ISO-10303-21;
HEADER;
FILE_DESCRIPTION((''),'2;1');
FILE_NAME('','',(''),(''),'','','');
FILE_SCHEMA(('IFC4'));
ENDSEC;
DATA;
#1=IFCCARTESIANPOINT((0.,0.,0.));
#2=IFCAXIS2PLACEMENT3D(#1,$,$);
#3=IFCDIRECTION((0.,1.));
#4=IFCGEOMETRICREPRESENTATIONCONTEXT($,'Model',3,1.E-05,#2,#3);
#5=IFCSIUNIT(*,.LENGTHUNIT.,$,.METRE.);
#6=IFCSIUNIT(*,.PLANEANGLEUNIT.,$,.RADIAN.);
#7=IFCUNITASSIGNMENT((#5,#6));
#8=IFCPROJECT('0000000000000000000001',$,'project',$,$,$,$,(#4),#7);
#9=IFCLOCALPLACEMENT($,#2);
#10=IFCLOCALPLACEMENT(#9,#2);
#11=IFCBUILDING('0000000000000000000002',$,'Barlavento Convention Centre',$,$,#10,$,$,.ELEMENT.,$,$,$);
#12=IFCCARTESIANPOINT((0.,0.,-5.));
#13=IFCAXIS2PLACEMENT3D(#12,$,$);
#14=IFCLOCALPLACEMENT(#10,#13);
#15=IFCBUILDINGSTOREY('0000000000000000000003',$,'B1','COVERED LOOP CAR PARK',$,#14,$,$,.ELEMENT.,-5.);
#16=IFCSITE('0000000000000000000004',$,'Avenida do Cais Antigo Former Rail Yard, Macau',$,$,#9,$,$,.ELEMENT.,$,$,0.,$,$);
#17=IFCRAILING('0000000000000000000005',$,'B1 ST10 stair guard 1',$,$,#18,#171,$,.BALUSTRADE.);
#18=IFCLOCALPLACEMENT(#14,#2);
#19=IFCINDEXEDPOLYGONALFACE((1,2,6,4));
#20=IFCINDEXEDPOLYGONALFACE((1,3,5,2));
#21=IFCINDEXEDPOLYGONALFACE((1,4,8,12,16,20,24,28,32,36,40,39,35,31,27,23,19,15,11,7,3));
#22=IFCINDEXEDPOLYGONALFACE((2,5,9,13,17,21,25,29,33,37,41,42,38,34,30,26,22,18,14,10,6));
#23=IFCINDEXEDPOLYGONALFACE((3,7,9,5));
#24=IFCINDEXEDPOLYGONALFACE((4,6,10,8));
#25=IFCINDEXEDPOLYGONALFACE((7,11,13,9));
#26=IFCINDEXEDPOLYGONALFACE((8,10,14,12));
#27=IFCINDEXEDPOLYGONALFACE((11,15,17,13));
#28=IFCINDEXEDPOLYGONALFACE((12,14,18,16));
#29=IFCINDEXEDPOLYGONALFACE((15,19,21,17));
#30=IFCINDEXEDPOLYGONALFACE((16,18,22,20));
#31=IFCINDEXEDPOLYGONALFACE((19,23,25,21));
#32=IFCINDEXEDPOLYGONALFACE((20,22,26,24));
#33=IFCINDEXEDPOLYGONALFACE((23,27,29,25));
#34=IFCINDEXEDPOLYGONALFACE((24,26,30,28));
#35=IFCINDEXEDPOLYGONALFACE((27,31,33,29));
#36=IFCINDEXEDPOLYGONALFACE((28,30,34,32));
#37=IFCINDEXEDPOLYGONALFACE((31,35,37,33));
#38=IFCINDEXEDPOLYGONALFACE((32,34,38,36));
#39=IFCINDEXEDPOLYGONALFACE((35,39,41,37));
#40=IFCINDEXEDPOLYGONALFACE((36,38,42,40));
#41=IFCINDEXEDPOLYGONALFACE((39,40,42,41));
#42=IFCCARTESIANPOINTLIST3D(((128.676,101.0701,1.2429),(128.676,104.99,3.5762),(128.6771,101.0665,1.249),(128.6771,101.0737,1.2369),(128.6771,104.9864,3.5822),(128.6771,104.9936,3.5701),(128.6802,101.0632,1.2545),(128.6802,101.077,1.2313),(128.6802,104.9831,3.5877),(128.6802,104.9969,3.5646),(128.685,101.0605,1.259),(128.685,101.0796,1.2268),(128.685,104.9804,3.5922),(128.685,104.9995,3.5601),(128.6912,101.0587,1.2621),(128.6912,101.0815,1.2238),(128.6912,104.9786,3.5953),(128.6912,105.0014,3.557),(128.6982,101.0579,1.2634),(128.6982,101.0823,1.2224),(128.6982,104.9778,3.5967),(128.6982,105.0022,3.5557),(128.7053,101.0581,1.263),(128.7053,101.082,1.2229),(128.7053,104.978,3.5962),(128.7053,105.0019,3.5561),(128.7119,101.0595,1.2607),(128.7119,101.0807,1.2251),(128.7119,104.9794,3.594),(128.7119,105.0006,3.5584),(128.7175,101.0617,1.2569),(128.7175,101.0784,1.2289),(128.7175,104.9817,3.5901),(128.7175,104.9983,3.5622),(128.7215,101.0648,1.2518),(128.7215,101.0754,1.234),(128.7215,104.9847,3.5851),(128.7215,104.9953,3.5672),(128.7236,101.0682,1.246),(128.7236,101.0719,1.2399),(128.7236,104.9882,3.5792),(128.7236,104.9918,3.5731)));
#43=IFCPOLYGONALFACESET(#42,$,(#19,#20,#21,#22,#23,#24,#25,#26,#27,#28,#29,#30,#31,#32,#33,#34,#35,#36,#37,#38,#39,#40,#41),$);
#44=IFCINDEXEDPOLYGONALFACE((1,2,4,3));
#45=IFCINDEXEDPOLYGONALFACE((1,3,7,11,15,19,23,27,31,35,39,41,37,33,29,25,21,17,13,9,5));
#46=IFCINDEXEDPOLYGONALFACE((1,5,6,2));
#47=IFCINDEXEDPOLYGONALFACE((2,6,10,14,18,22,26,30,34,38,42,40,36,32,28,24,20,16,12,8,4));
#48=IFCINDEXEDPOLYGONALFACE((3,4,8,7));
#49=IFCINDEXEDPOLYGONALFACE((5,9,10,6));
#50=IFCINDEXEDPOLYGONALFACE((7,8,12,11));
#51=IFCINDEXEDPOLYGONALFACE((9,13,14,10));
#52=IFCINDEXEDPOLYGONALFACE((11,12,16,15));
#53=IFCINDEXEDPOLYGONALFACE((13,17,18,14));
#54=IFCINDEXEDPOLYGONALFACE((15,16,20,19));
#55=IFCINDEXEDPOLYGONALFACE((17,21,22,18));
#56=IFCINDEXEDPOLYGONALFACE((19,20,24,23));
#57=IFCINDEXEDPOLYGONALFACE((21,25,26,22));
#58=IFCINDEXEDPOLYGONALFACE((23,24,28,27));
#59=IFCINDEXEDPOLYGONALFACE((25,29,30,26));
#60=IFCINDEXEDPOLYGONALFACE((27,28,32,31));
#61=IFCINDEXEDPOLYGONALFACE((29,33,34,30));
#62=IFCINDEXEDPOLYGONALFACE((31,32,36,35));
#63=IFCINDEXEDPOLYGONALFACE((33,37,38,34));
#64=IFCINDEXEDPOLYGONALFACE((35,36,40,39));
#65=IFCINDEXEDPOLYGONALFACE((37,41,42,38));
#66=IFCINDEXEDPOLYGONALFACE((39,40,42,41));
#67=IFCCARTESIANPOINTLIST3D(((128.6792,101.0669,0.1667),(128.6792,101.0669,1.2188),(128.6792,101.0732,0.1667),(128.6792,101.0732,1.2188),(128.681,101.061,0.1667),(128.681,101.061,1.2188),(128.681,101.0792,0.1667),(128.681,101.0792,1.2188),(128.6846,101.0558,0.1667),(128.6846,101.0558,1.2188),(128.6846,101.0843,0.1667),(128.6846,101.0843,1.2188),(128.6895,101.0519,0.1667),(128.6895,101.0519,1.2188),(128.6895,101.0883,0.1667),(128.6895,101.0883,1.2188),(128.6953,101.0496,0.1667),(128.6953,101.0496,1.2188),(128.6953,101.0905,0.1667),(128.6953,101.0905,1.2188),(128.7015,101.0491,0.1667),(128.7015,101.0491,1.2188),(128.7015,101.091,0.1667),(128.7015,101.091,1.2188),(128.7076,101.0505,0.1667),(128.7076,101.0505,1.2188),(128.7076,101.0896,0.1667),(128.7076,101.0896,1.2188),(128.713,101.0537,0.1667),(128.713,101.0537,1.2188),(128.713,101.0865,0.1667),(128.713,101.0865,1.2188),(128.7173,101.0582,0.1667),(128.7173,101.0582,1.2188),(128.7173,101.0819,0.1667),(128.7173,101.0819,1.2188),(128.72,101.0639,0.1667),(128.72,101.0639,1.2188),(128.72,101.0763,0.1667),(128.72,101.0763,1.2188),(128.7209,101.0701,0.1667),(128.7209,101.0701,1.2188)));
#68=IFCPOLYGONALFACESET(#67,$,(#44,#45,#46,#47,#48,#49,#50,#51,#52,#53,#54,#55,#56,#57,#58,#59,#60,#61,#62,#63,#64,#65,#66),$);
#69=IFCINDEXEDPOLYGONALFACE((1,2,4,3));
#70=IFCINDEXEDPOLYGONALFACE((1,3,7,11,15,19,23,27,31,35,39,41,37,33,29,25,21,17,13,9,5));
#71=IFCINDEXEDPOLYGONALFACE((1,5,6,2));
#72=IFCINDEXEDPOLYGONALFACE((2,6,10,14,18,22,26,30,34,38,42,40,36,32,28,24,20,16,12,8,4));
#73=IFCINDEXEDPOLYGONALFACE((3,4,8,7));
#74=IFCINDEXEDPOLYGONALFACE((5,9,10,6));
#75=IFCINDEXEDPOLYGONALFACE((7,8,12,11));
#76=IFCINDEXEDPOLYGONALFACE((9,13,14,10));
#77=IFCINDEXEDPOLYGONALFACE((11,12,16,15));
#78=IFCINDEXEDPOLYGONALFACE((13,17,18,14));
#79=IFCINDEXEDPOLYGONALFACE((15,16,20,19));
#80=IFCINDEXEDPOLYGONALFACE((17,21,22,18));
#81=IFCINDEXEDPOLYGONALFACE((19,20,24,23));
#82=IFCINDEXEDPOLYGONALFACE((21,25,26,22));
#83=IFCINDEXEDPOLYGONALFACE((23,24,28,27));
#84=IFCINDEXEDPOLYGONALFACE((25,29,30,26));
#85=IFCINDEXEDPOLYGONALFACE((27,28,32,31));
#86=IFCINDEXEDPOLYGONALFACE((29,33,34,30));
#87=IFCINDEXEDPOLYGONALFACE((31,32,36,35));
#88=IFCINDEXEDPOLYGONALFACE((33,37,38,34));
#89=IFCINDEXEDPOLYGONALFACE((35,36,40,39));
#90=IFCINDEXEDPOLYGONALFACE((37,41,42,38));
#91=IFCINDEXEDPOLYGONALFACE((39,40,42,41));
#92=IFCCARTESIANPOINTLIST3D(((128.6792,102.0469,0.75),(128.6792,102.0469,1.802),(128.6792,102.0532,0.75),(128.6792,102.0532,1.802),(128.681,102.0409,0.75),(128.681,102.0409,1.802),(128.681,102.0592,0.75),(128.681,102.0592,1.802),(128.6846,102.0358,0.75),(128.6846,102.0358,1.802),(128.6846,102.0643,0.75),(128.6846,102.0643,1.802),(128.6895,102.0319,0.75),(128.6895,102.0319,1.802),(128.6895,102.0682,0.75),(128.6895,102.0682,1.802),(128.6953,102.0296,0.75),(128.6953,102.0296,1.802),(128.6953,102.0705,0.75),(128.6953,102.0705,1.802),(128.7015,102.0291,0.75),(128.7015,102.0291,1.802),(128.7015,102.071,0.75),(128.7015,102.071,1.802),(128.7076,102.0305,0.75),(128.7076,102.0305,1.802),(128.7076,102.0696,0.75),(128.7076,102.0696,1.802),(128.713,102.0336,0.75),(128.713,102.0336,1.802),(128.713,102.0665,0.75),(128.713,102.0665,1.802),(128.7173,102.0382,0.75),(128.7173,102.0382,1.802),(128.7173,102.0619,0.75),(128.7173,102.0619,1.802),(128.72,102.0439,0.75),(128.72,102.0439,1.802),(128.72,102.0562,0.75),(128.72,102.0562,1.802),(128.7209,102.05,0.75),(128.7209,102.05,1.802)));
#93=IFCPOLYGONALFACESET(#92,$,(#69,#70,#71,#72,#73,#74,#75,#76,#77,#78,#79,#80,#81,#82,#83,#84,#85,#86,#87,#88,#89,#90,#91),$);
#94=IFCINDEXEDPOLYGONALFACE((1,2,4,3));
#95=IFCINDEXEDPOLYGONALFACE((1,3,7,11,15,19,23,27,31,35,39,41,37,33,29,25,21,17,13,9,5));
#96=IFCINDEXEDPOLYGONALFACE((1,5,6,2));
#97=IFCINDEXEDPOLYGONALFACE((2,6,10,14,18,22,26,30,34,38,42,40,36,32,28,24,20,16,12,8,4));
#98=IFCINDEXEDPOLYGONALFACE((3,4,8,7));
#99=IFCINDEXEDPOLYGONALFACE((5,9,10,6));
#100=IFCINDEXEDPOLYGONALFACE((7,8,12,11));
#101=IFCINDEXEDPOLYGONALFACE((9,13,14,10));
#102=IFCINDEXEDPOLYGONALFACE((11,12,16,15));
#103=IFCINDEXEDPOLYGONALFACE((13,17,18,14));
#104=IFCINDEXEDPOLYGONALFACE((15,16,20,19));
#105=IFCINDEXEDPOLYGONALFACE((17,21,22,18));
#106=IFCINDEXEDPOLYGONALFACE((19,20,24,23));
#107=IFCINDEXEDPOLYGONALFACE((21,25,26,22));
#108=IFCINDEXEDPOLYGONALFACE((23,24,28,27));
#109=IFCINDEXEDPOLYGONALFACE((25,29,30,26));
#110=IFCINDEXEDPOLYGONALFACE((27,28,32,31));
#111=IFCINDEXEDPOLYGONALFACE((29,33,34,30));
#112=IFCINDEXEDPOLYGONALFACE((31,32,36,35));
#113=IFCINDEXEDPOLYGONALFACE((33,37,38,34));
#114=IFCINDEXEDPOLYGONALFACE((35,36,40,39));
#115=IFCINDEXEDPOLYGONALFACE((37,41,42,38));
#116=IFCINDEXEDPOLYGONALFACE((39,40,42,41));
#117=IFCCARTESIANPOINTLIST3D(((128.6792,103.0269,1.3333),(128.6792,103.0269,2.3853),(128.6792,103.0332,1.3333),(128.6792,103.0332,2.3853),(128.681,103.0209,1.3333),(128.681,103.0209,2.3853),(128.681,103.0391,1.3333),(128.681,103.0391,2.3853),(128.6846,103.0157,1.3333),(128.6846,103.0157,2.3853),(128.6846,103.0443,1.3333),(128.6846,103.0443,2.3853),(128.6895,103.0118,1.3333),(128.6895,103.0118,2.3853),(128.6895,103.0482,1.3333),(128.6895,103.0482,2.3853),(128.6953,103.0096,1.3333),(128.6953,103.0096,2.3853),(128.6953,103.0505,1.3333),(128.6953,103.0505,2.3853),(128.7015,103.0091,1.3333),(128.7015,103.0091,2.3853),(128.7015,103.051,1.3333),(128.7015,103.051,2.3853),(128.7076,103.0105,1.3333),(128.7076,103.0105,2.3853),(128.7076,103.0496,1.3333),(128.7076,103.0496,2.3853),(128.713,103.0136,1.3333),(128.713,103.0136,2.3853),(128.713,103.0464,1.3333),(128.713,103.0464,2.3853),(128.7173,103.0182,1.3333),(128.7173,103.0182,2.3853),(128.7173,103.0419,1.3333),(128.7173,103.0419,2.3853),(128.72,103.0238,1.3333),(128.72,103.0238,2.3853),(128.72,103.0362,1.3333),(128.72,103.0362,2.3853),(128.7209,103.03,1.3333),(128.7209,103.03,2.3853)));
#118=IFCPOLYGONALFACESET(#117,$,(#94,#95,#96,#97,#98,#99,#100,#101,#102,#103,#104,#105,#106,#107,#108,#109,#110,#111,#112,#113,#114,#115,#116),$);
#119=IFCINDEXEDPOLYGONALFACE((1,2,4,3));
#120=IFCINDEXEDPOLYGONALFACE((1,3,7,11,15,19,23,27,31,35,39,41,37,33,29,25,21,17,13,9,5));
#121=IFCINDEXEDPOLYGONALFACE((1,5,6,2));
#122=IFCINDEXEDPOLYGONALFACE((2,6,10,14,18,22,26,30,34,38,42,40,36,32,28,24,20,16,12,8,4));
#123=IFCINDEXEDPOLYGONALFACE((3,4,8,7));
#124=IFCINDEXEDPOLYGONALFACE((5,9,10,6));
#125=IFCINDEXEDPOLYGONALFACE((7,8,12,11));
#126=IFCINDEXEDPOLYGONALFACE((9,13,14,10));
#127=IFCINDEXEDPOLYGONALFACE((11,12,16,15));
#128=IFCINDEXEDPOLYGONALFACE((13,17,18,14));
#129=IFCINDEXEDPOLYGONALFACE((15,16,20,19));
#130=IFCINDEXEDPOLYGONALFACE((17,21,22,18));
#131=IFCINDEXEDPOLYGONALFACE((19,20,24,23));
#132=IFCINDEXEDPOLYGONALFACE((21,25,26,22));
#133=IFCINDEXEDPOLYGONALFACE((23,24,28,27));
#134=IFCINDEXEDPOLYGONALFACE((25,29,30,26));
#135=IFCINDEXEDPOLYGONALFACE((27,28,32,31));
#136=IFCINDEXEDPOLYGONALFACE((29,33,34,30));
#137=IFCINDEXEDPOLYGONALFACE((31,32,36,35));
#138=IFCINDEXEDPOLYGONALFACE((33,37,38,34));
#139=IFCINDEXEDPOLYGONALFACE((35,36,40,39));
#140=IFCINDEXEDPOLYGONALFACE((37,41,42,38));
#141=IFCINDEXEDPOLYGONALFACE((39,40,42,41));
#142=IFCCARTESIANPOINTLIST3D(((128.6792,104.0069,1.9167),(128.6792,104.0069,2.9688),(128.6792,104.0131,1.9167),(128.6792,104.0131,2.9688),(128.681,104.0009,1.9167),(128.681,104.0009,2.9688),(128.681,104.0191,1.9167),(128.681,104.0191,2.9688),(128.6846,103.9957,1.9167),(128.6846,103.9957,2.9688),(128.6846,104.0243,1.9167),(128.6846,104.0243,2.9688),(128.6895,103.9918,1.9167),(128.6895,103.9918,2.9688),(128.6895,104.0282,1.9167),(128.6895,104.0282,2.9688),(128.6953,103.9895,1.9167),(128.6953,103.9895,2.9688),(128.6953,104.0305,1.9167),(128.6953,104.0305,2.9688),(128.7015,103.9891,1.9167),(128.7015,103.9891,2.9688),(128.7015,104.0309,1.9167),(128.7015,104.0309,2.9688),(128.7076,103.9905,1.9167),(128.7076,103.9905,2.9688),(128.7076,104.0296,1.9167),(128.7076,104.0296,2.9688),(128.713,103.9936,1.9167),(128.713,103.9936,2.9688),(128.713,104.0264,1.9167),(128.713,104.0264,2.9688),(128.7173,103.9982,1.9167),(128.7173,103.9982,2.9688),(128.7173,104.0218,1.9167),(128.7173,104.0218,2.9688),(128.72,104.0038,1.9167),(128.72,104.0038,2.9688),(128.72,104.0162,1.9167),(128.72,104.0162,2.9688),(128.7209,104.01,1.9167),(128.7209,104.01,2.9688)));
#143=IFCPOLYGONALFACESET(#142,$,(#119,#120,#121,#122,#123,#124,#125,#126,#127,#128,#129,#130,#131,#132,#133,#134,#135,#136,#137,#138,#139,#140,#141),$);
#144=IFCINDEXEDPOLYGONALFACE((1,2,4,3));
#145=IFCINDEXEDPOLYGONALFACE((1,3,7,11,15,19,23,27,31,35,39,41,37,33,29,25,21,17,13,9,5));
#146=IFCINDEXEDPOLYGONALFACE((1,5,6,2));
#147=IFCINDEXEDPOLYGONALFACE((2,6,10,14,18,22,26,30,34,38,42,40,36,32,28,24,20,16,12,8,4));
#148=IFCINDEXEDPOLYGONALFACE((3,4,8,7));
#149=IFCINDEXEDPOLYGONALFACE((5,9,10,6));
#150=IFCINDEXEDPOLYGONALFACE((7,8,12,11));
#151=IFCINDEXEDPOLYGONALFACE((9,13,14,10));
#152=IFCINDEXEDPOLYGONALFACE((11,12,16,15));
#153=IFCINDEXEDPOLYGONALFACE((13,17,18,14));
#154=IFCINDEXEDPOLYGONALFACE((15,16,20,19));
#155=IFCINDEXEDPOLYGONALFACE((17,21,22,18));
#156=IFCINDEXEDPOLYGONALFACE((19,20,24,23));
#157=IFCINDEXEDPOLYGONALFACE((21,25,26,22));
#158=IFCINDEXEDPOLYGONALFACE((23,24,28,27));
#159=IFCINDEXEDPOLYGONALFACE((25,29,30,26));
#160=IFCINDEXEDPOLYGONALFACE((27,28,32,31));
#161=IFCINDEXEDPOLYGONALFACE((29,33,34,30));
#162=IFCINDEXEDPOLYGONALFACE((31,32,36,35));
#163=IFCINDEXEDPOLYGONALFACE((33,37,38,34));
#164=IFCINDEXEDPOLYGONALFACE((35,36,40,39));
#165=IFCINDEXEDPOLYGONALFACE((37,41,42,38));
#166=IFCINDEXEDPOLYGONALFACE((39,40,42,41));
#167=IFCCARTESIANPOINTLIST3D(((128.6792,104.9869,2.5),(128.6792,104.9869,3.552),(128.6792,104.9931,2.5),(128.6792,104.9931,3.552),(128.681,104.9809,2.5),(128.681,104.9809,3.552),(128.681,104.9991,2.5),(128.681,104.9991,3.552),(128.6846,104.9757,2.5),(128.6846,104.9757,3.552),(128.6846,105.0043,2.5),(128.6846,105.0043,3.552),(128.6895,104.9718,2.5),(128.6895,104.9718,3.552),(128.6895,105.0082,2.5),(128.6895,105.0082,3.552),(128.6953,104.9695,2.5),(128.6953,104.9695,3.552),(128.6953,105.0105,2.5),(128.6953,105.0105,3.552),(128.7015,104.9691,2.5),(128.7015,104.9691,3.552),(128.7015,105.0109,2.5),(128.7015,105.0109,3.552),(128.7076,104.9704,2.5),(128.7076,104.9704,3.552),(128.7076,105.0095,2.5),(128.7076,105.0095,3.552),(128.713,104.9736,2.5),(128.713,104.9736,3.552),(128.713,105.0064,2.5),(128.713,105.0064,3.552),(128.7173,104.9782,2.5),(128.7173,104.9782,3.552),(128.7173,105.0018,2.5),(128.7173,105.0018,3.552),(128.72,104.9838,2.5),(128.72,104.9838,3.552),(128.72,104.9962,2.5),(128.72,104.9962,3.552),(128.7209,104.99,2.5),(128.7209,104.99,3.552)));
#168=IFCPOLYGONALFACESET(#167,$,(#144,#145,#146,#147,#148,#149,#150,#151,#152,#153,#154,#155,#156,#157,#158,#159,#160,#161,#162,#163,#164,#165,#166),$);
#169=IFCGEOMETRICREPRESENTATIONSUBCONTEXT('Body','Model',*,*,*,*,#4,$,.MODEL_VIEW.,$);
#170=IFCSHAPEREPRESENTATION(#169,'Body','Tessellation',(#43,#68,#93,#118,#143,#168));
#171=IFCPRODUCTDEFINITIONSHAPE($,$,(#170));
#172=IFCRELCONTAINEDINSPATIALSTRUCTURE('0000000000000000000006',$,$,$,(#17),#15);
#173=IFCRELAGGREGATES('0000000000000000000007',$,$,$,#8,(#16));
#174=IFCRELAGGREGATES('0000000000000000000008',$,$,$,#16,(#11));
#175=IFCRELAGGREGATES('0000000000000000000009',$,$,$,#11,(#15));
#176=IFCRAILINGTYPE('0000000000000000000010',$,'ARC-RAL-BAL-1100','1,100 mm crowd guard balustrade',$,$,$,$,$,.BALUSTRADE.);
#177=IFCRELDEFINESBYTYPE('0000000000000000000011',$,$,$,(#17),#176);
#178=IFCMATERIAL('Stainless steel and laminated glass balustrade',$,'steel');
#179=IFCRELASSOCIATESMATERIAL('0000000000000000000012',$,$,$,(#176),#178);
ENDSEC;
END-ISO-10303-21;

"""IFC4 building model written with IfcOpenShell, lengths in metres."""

from ifc_helpers import new_model, si_unit, direction, frame, origin, origin_2d, place, context, subcontext, project, spatial, circle, extrude, material, type_object, element, save


model = new_model("IFC4")

# Units and contexts
model_context = context("Model", 3, precision=1e-05, world=origin(), true_north=direction((0.0, 1.0)))
body_context = subcontext(model_context, "Body", "Model", "MODEL_VIEW")
ifc_project = project(units=[si_unit("LENGTHUNIT", "METRE"), si_unit("PLANEANGLEUNIT", "RADIAN")], contexts=[model_context])

# Site, building, storey
site_placement = place(None, origin())
site = spatial("IfcSite", under=ifc_project, at=site_placement, Name="Avenida do Cais Antigo Former Rail Yard, Macau", CompositionType="ELEMENT", RefElevation=0.0)
building_placement = place(site_placement, origin())
building = spatial("IfcBuilding", under=site, at=building_placement, Name="Barlavento Convention Centre", CompositionType="ELEMENT")
storey_placement = place(building_placement, frame((0.0, 0.0, -5.0)))
storey = spatial("IfcBuildingStorey", under=building, at=storey_placement, Name="B1", Description="COVERED LOOP CAR PARK", CompositionType="ELEMENT", Elevation=-5.0)

# Railing
ifc_material_1 = material(Name="Stainless steel and laminated glass balustrade", Category="steel")
railing_type_1 = type_object("IfcRailingType", Name="ARC-RAL-BAL-1100", Description="1,100 mm crowd guard balustrade", PredefinedType="BALUSTRADE", material=ifc_material_1)
railing_1_placement = place(storey_placement, frame((128.7, 101.0701, 0.1667)))
element("IfcRailing", 1, at=railing_1_placement, inside=storey, type_object=railing_type_1, Name="B1 ST10 stair guard 1", PredefinedType="BALUSTRADE", context=body_context, shape_type="SweptSolid", body=[
    extrude(circle(Radius=0.0239, at=origin_2d()), frame((0.0, 0.0, 1.0762), z_axis=(0.0, 0.859296, 0.511478), x_axis=(-1.0, 0.0, 0.0)), (0.0, 0.0, 1.0), 4.5618),
    extrude(circle(Radius=0.021, at=origin_2d()), origin(), (0.0, 0.0, 1.0), 1.052),
    extrude(circle(Radius=0.021, at=origin_2d()), frame((0.0, 0.98, 0.5833)), (0.0, 0.0, 1.0), 1.052),
    extrude(circle(Radius=0.021, at=origin_2d()), frame((0.0, 1.96, 1.1665)), (0.0, 0.0, 1.0), 1.052),
    extrude(circle(Radius=0.021, at=origin_2d()), frame((0.0, 2.9399, 1.75)), (0.0, 0.0, 1.0), 1.052),
    extrude(circle(Radius=0.021, at=origin_2d()), frame((0.0, 3.9199, 2.3333)), (0.0, 0.0, 1.0), 1.052),
])

save(model, "model.ifc")
